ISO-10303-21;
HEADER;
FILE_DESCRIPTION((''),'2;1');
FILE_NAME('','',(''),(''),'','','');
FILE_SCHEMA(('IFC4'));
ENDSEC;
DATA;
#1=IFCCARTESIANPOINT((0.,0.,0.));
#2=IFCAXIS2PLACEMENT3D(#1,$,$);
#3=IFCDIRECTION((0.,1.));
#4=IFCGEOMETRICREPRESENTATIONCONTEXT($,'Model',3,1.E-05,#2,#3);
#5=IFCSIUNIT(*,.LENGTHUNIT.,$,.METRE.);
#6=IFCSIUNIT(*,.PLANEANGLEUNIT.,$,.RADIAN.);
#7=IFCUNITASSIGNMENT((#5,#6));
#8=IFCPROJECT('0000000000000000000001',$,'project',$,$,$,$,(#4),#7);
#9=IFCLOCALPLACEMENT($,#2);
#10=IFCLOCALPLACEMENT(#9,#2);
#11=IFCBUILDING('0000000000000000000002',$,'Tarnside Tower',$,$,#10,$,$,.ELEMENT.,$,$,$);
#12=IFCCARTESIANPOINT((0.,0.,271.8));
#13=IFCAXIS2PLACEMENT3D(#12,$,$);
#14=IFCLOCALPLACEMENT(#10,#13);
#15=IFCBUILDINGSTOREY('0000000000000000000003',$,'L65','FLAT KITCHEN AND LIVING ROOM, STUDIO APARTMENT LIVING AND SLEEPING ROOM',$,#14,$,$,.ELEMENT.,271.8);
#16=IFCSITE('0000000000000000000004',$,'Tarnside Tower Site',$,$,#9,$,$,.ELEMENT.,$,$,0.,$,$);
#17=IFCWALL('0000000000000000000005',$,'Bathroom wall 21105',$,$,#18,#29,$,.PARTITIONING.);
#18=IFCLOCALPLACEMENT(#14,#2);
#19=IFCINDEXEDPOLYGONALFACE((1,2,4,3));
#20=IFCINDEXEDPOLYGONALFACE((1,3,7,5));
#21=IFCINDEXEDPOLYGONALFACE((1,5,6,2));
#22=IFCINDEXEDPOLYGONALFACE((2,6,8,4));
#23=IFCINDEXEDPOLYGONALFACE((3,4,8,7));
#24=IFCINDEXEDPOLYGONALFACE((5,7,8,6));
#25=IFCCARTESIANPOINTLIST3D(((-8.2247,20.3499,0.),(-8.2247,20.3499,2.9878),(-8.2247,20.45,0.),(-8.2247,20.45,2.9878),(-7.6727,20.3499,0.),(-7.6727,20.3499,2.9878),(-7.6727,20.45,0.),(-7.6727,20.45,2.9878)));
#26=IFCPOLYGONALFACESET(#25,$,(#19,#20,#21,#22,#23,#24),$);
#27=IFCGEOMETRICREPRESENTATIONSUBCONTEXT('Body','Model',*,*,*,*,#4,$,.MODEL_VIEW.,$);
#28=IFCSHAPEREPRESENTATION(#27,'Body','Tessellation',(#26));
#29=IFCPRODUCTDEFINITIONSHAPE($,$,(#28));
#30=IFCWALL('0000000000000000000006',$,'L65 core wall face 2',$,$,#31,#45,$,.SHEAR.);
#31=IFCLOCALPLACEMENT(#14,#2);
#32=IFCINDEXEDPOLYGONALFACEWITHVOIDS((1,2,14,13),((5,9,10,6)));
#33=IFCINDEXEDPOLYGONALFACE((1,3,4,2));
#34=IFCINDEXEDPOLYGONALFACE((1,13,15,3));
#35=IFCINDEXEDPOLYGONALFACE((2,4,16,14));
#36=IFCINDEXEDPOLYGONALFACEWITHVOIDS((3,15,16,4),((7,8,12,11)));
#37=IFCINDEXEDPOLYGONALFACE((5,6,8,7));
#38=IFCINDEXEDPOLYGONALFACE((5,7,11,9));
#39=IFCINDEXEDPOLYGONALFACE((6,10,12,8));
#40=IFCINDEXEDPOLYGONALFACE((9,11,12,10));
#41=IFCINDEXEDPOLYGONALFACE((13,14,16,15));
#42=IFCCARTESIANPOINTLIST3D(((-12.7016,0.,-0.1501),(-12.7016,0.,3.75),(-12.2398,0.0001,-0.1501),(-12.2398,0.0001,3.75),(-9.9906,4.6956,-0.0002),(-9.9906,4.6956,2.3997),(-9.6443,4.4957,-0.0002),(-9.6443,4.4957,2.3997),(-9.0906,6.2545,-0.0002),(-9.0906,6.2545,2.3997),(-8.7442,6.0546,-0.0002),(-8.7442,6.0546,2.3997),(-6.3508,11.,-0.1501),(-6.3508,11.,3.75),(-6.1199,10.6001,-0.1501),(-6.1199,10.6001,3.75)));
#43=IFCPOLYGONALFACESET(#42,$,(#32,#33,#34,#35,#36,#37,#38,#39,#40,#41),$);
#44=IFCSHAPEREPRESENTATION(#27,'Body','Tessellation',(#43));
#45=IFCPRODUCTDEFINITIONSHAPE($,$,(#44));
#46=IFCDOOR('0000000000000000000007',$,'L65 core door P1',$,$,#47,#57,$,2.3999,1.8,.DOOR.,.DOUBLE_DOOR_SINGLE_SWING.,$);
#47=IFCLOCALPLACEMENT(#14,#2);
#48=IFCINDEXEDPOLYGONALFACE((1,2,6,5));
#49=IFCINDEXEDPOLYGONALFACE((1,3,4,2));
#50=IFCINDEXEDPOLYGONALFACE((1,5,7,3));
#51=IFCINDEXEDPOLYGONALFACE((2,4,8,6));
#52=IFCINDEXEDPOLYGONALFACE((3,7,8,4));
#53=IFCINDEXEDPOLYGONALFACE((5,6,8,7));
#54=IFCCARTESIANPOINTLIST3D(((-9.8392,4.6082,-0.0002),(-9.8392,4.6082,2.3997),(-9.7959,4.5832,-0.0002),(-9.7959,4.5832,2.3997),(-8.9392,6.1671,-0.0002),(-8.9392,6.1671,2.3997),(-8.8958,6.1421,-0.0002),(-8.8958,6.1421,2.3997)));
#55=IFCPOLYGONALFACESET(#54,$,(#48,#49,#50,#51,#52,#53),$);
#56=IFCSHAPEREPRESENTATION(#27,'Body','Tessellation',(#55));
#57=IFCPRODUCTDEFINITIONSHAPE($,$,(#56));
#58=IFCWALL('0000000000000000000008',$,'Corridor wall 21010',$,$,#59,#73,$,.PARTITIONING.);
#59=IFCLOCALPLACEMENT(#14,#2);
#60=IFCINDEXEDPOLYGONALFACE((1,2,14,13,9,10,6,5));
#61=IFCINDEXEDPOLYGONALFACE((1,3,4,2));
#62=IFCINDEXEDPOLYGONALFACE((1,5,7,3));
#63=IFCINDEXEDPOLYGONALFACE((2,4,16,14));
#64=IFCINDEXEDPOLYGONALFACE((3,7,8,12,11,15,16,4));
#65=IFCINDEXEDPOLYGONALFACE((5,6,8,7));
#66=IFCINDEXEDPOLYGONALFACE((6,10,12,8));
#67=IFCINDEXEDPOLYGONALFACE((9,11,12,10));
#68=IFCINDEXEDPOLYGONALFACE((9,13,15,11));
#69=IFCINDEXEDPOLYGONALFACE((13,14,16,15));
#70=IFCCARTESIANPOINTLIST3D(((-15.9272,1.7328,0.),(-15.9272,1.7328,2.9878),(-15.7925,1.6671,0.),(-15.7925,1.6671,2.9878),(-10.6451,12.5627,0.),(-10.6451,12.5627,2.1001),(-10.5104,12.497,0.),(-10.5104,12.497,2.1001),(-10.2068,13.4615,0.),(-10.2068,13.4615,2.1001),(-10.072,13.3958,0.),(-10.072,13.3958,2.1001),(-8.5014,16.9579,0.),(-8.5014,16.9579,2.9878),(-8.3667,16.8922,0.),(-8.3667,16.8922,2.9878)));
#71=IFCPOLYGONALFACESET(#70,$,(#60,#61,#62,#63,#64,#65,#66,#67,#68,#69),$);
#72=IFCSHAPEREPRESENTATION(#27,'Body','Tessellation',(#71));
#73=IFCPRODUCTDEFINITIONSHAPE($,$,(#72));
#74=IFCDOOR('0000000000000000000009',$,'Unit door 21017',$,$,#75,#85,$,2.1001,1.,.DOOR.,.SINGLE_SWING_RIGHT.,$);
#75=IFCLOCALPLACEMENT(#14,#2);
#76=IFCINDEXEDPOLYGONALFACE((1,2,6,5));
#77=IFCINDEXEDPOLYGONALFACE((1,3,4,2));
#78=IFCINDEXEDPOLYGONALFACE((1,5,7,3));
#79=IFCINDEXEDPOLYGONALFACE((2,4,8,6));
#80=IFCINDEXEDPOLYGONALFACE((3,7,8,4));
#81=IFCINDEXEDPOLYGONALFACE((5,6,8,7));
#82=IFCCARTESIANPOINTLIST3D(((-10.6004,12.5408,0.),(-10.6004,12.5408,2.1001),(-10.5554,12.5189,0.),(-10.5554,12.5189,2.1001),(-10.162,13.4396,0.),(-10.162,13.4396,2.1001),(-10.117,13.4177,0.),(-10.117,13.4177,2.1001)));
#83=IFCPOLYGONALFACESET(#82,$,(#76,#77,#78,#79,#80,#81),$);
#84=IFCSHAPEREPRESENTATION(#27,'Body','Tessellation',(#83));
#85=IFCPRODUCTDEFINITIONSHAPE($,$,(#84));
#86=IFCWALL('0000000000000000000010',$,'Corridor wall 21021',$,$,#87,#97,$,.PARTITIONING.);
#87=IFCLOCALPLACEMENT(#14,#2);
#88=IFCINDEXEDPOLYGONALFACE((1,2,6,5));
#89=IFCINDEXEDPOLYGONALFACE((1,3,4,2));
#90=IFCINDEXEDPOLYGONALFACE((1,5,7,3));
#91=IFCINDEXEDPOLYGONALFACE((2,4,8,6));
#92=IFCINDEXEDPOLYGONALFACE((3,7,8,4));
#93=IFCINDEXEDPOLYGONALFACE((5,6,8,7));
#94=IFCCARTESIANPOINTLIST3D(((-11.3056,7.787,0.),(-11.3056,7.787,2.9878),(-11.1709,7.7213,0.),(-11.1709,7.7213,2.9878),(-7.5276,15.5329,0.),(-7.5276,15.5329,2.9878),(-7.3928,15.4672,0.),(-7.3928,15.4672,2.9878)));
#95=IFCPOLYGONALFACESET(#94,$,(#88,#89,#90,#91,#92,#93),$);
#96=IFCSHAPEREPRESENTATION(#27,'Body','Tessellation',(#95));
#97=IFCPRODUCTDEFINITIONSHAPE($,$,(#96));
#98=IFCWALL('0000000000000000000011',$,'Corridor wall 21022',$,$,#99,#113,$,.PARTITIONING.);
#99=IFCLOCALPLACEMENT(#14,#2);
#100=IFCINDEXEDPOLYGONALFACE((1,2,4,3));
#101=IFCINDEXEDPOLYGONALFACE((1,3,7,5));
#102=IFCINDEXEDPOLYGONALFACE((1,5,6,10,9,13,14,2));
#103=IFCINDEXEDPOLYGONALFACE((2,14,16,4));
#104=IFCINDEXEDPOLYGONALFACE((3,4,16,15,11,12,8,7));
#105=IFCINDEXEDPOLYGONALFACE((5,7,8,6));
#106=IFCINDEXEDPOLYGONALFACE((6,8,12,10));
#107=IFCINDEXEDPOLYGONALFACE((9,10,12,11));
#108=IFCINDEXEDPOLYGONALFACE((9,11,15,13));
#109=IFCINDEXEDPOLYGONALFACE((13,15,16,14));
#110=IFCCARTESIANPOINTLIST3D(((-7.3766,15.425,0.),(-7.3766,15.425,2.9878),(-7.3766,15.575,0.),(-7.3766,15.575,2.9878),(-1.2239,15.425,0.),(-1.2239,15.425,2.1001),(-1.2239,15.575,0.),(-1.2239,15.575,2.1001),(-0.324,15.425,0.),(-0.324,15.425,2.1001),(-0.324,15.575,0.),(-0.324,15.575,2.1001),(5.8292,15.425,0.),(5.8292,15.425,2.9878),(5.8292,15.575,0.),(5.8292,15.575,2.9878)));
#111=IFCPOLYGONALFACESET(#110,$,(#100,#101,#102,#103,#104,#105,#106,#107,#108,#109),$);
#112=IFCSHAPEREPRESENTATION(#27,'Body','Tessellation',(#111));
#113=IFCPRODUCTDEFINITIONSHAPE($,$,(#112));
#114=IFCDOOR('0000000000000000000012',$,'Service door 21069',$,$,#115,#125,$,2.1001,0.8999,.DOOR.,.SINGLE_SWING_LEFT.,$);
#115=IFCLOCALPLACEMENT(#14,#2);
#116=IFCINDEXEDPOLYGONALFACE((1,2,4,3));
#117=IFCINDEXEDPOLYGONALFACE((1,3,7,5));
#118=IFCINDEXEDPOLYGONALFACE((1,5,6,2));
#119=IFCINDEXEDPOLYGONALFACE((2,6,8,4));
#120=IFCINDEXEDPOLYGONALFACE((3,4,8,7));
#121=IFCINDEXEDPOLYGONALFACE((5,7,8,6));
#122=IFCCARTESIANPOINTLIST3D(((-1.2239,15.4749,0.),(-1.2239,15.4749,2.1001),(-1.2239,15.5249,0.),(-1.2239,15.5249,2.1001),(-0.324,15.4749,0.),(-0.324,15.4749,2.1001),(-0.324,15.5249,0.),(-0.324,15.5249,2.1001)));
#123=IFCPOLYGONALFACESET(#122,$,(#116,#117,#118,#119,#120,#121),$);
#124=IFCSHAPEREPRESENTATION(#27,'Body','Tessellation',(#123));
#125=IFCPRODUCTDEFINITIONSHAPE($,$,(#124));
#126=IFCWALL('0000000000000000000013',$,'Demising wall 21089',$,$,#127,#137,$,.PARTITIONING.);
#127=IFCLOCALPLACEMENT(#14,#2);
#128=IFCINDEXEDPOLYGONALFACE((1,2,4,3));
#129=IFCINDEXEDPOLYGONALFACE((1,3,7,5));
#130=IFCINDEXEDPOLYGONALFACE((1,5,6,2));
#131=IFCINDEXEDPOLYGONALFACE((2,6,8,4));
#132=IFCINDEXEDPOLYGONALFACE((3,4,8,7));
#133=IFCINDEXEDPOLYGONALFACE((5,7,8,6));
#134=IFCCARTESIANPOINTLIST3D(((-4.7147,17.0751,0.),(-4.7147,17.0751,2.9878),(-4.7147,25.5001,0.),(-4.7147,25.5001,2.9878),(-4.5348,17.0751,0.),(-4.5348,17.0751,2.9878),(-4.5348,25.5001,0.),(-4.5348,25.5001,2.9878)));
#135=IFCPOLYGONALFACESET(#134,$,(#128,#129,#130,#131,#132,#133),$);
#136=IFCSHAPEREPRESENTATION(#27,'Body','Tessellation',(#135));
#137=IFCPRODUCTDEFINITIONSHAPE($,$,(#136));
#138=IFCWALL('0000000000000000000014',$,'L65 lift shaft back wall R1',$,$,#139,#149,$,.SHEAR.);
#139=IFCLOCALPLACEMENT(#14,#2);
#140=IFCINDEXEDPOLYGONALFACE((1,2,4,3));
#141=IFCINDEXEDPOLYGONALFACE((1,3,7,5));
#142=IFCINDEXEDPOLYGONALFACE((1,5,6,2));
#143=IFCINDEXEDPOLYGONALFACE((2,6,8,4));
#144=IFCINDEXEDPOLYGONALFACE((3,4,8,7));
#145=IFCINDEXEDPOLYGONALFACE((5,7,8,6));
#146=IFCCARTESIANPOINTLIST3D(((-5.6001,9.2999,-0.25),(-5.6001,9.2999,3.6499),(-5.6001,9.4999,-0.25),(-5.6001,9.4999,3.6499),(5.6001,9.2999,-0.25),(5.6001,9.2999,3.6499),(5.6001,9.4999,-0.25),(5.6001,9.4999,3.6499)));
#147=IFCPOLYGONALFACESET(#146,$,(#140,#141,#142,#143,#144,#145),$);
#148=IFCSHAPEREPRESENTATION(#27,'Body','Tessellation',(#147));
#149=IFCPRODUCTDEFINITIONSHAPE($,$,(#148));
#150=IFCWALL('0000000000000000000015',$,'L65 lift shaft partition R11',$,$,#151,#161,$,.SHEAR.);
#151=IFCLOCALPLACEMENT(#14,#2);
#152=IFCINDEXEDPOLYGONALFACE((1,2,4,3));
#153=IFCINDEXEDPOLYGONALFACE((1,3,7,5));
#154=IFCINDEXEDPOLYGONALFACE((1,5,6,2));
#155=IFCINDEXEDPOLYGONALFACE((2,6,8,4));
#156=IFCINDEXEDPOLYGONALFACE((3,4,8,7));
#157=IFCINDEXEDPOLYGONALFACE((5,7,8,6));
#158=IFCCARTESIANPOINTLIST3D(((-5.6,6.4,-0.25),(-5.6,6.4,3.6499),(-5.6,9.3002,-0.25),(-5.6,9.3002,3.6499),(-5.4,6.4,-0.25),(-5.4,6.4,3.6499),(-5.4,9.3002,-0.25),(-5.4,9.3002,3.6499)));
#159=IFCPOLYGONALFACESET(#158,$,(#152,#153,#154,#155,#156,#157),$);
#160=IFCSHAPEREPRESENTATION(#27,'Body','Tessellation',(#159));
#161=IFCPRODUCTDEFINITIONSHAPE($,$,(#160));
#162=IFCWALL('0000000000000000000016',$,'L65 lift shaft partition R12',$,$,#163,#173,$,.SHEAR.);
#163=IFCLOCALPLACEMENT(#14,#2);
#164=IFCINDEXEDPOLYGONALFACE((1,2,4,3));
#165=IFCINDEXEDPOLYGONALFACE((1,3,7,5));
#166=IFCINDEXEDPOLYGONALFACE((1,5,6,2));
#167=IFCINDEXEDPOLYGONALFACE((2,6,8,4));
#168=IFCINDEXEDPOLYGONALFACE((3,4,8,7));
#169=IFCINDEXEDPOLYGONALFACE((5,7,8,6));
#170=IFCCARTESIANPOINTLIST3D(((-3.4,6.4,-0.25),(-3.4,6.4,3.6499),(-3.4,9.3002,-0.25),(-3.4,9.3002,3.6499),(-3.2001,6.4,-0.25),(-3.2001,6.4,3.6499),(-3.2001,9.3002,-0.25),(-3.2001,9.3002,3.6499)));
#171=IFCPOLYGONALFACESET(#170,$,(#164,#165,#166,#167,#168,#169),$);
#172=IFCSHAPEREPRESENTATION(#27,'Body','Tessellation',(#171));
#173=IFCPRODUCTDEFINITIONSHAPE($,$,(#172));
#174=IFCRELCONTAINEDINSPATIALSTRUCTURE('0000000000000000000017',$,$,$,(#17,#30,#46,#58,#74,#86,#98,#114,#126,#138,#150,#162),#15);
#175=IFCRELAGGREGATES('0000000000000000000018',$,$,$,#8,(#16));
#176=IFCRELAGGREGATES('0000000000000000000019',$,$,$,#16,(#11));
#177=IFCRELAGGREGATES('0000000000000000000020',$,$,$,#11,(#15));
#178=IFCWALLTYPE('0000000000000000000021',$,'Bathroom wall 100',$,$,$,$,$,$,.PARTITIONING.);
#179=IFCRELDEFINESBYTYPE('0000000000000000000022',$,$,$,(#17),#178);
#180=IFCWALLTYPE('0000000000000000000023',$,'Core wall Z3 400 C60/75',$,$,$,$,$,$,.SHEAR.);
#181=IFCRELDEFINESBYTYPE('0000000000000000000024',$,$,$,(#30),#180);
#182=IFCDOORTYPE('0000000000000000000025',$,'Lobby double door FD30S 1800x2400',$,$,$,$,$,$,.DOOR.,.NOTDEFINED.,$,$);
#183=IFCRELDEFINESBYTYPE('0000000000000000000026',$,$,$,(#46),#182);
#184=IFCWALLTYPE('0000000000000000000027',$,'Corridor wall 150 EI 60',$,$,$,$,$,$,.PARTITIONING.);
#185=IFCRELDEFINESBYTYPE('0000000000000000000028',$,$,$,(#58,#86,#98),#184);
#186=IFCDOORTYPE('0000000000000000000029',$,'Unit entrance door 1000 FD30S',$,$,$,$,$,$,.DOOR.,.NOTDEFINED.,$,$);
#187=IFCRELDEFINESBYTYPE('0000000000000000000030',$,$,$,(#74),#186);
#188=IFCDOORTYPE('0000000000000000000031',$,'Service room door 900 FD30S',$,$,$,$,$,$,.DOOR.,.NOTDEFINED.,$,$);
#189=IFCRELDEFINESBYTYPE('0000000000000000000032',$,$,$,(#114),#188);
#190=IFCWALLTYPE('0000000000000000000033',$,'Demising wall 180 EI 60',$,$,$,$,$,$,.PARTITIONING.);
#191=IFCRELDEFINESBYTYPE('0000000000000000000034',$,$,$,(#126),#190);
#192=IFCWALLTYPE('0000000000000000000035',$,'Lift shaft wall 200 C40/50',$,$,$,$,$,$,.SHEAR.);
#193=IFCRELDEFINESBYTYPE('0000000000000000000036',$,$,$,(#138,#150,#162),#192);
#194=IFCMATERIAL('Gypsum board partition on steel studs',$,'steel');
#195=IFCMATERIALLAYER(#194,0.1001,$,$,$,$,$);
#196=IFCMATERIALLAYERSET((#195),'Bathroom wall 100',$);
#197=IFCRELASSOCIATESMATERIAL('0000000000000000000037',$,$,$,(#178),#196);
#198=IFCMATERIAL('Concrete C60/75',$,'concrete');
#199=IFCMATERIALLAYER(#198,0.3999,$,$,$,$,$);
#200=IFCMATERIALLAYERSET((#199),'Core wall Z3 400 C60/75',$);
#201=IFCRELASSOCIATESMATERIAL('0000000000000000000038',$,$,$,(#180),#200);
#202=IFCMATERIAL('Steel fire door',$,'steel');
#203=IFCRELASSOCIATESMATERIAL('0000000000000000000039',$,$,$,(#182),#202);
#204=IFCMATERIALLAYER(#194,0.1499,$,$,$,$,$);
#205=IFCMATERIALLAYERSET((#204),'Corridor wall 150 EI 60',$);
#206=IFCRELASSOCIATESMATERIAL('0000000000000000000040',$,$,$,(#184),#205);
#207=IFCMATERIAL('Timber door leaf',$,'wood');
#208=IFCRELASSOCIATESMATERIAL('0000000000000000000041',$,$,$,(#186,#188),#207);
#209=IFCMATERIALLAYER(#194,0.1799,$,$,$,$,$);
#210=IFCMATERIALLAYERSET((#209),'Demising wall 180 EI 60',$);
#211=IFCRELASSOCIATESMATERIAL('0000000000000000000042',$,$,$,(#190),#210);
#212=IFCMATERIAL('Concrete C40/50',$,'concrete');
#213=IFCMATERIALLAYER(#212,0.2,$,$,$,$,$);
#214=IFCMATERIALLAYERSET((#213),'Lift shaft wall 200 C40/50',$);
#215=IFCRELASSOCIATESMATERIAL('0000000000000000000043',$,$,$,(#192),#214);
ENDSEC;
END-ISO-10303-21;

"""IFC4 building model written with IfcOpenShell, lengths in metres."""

from ifc_helpers import new_model, si_unit, direction, frame, frame_2d, origin, place, context, subcontext, project, spatial, polyline, rectangle, outline, extrude, material, layer, layer_set, type_object, element, fill, save


model = new_model("IFC4")

# Units and contexts
model_context = context("Model", 3, precision=1e-05, world=origin(), true_north=direction((0.0, 1.0)))
body_context = subcontext(model_context, "Body", "Model", "MODEL_VIEW")
ifc_project = project(units=[si_unit("LENGTHUNIT", "METRE"), si_unit("PLANEANGLEUNIT", "RADIAN")], contexts=[model_context])

# Site, building, storey
site_placement = place(None, origin())
site = spatial("IfcSite", under=ifc_project, at=site_placement, Name="Tarnside Tower Site", CompositionType="ELEMENT", RefElevation=0.0)
building_placement = place(site_placement, origin())
building = spatial("IfcBuilding", under=site, at=building_placement, Name="Tarnside Tower", CompositionType="ELEMENT")
storey_placement = place(building_placement, frame((0.0, 0.0, 271.8)))
storey = spatial("IfcBuildingStorey", under=building, at=storey_placement, Name="L65", Description="FLAT KITCHEN AND LIVING ROOM, STUDIO APARTMENT LIVING AND SLEEPING ROOM", CompositionType="ELEMENT", Elevation=271.8)

# Shared definitions
ifc_material_1 = material(Name="Gypsum board partition on steel studs", Category="steel")
ifc_layer_1 = layer(ifc_material_1, 0.1001)
ifc_layer_set_1 = layer_set([ifc_layer_1], Name="Bathroom wall 100")
wall_type_1 = type_object("IfcWallType", Name="Bathroom wall 100", PredefinedType="PARTITIONING", material=ifc_layer_set_1)

# Shared definitions
ifc_material_2 = material(Name="Timber door leaf", Category="wood")

# Wall
wall_1_placement = place(storey_placement, frame((-7.6729, 20.3999, 0.0), z_axis=(0.0, 0.0, 1.0), x_axis=(-1.0, 0.0, 0.0)))
element("IfcWall", 1, at=wall_1_placement, inside=storey, type_object=wall_type_1, Name="Bathroom wall 21105", PredefinedType="PARTITIONING", context=body_context, shape_type="SweptSolid", body=[
    extrude(rectangle(XDim=0.552, YDim=0.1001, at=frame_2d((0.2759, 0.0))), origin(), (0.0, 0.0, 1.0), 2.9878),
])

# Walls, openings, doors
ifc_material_3 = material(Name="Concrete C60/75", Category="concrete")
ifc_layer_2 = layer(ifc_material_3, 0.3999)
ifc_layer_set_2 = layer_set([ifc_layer_2], Name="Core wall Z3 400 C60/75")
wall_type_2 = type_object("IfcWallType", Name="Core wall Z3 400 C60/75", PredefinedType="SHEAR", material=ifc_layer_set_2)
wall_2_placement = place(storey_placement, frame((-6.2354, 10.8, -0.1501), z_axis=(0.0, 0.0, 1.0), x_axis=(-0.499996, -0.866027, 0.0)))
wall_2 = element("IfcWall", 2, at=wall_2_placement, inside=storey, type_object=wall_type_2, Name="L65 core wall face 2", PredefinedType="SHEAR", context=body_context, shape_type="SweptSolid", body=[
    extrude(outline(polyline([(-0.1155, -0.2), (12.5862, -0.2), (12.3552, 0.2), (0.1155, 0.2), (-0.1155, -0.2)])), origin(), (0.0, 0.0, 1.0), 3.9001),
])
opening_1_placement = place(wall_2_placement, frame((5.3643, 0.0, 0.1499)))
opening_1 = element("IfcOpeningElement", 3, at=opening_1_placement, cuts=wall_2, PredefinedType="OPENING", context=body_context, shape_type="SweptSolid", body=[
    extrude(rectangle(XDim=1.8, YDim=2.3999, at=frame_2d((0.8999, 1.2))), frame((0.0, 0.21, 0.0), z_axis=(0.0, -1.0, 0.0), x_axis=(1.0, 0.0, 0.0)), (0.0, 0.0, 1.0), 0.4199),
])
ifc_material_4 = material(Name="Steel fire door", Category="steel")
door_type_1 = type_object("IfcDoorType", Name="Lobby double door FD30S 1800x2400", OperationType="NOTDEFINED", PredefinedType="DOOR", material=ifc_material_4)
door_1_placement = place(opening_1_placement, origin())
door_1 = element("IfcDoor", 4, at=door_1_placement, inside=storey, type_object=door_type_1, Name="L65 core door P1", OperationType="DOUBLE_DOOR_SINGLE_SWING", OverallHeight=2.3999, OverallWidth=1.8, PredefinedType="DOOR", context=body_context, shape_type="SweptSolid", body=[
    extrude(rectangle(XDim=1.8, YDim=2.3999, at=frame_2d((0.8999, 1.2))), frame((0.0, 0.0249, 0.0), z_axis=(0.0, -1.0, 0.0), x_axis=(1.0, 0.0, 0.0)), (0.0, 0.0, 1.0), 0.05),
])
fill(opening_1, door_1)
ifc_layer_3 = layer(ifc_material_1, 0.1499)
ifc_layer_set_3 = layer_set([ifc_layer_3], Name="Corridor wall 150 EI 60")
wall_type_3 = type_object("IfcWallType", Name="Corridor wall 150 EI 60", PredefinedType="PARTITIONING", material=ifc_layer_set_3)
wall_3_placement = place(storey_placement, frame((-8.4341, 16.925, 0.0), z_axis=(0.0, 0.0, 1.0), x_axis=(-0.438371, -0.898794, 0.0)))
wall_3 = element("IfcWall", 5, at=wall_3_placement, inside=storey, type_object=wall_type_3, Name="Corridor wall 21010", PredefinedType="PARTITIONING", context=body_context, shape_type="SweptSolid", body=[
    extrude(rectangle(XDim=16.9395, YDim=0.1499, at=frame_2d((8.4697, 0.0))), origin(), (0.0, 0.0, 1.0), 2.9878),
])
opening_2_placement = place(wall_3_placement, frame((3.8901, 0.0, 0.0)))
opening_2 = element("IfcOpeningElement", 6, at=opening_2_placement, cuts=wall_3, PredefinedType="OPENING", context=body_context, shape_type="SweptSolid", body=[
    extrude(rectangle(XDim=1.0, YDim=2.1001, at=frame_2d((0.5, 1.05))), frame((0.0, 0.085, 0.0), z_axis=(0.0, -1.0, 0.0), x_axis=(1.0, 0.0, 0.0)), (0.0, 0.0, 1.0), 0.1699),
])
door_type_2 = type_object("IfcDoorType", Name="Unit entrance door 1000 FD30S", OperationType="NOTDEFINED", PredefinedType="DOOR", material=ifc_material_2)
door_2_placement = place(opening_2_placement, origin())
door_2 = element("IfcDoor", 7, at=door_2_placement, inside=storey, type_object=door_type_2, Name="Unit door 21017", OperationType="SINGLE_SWING_RIGHT", OverallHeight=2.1001, OverallWidth=1.0, PredefinedType="DOOR", context=body_context, shape_type="SweptSolid", body=[
    extrude(rectangle(XDim=1.0, YDim=2.1001, at=frame_2d((0.5, 1.05))), frame((0.0, 0.0249, 0.0), z_axis=(0.0, -1.0, 0.0), x_axis=(1.0, 0.0, 0.0)), (0.0, 0.0, 1.0), 0.05),
])
fill(opening_2, door_2)

# Wall
wall_4_placement = place(storey_placement, frame((-11.2383, 7.7542, 0.0), z_axis=(0.0, 0.0, 1.0), x_axis=(0.438387, 0.898786, 0.0)))
element("IfcWall", 8, at=wall_4_placement, inside=storey, type_object=wall_type_3, Name="Corridor wall 21021", PredefinedType="PARTITIONING", context=body_context, shape_type="SweptSolid", body=[
    extrude(rectangle(XDim=8.6182, YDim=0.1499, at=frame_2d((4.3091, 0.0))), origin(), (0.0, 0.0, 1.0), 2.9878),
])

# Wall, opening, door
wall_5_placement = place(storey_placement, frame((-7.3767, 15.5, 0.0), z_axis=(0.0, 0.0, 1.0), x_axis=(1.0, 0.0, 0.0)))
wall_5 = element("IfcWall", 9, at=wall_5_placement, inside=storey, type_object=wall_type_3, Name="Corridor wall 21022", PredefinedType="PARTITIONING", context=body_context, shape_type="SweptSolid", body=[
    extrude(rectangle(XDim=13.2058, YDim=0.1499, at=frame_2d((6.603, 0.0))), origin(), (0.0, 0.0, 1.0), 2.9878),
])
opening_3_placement = place(wall_5_placement, frame((6.1528, 0.0, 0.0)))
opening_3 = element("IfcOpeningElement", 10, at=opening_3_placement, cuts=wall_5, PredefinedType="OPENING", context=body_context, shape_type="SweptSolid", body=[
    extrude(rectangle(XDim=0.8999, YDim=2.1001, at=frame_2d((0.45, 1.05))), frame((0.0, 0.085, 0.0), z_axis=(0.0, -1.0, 0.0), x_axis=(1.0, 0.0, 0.0)), (0.0, 0.0, 1.0), 0.1699),
])
door_type_3 = type_object("IfcDoorType", Name="Service room door 900 FD30S", OperationType="NOTDEFINED", PredefinedType="DOOR", material=ifc_material_2)
door_3_placement = place(opening_3_placement, origin())
door_3 = element("IfcDoor", 11, at=door_3_placement, inside=storey, type_object=door_type_3, Name="Service door 21069", OperationType="SINGLE_SWING_LEFT", OverallHeight=2.1001, OverallWidth=0.8999, PredefinedType="DOOR", context=body_context, shape_type="SweptSolid", body=[
    extrude(rectangle(XDim=0.8999, YDim=2.1001, at=frame_2d((0.45, 1.05))), frame((0.0, 0.0249, 0.0), z_axis=(0.0, -1.0, 0.0), x_axis=(1.0, 0.0, 0.0)), (0.0, 0.0, 1.0), 0.05),
])
fill(opening_3, door_3)

# Walls
ifc_layer_4 = layer(ifc_material_1, 0.1799)
ifc_layer_set_4 = layer_set([ifc_layer_4], Name="Demising wall 180 EI 60")
wall_type_4 = type_object("IfcWallType", Name="Demising wall 180 EI 60", PredefinedType="PARTITIONING", material=ifc_layer_set_4)
wall_6_placement = place(storey_placement, frame((-4.6248, 25.5, 0.0), z_axis=(0.0, 0.0, 1.0), x_axis=(0.0, -1.0, 0.0)))
element("IfcWall", 12, at=wall_6_placement, inside=storey, type_object=wall_type_4, Name="Demising wall 21089", PredefinedType="PARTITIONING", context=body_context, shape_type="SweptSolid", body=[
    extrude(rectangle(XDim=8.425, YDim=0.1799, at=frame_2d((4.2124, 0.0))), origin(), (0.0, 0.0, 1.0), 2.9878),
])
ifc_material_5 = material(Name="Concrete C40/50", Category="concrete")
ifc_layer_5 = layer(ifc_material_5, 0.2)
ifc_layer_set_5 = layer_set([ifc_layer_5], Name="Lift shaft wall 200 C40/50")
wall_type_5 = type_object("IfcWallType", Name="Lift shaft wall 200 C40/50", PredefinedType="SHEAR", material=ifc_layer_set_5)
wall_7_placement = place(storey_placement, frame((-5.6001, 9.3999, -0.25), z_axis=(0.0, 0.0, 1.0), x_axis=(1.0, 0.0, 0.0)))
element("IfcWall", 13, at=wall_7_placement, inside=storey, type_object=wall_type_5, Name="L65 lift shaft back wall R1", PredefinedType="SHEAR", context=body_context, shape_type="SweptSolid", body=[
    extrude(rectangle(XDim=11.2002, YDim=0.2, at=frame_2d((5.6001, 0.0))), origin(), (0.0, 0.0, 1.0), 3.8999),
])
for number, where, z_axis, x_axis, name in (
    (14, (-5.5, 6.3999, -0.25), (0.0, 0.0, 1.0), (0.0, 1.0, 0.0), "L65 lift shaft partition R11"),
    (15, (-3.3, 6.3999, -0.25), (0.0, 0.0, 1.0), (0.0, 1.0, 0.0), "L65 lift shaft partition R12"),
):
    element("IfcWall", number, at=place(storey_placement, frame(where, z_axis=z_axis, x_axis=x_axis)), inside=storey, type_object=wall_type_5, Name=name, PredefinedType="SHEAR", context=body_context, shape_type="SweptSolid", body=[
        extrude(rectangle(XDim=2.9001, YDim=0.2, at=frame_2d((1.4502, 0.0))), origin(), (0.0, 0.0, 1.0), 3.8999),
    ])

save(model, "model.ifc")
